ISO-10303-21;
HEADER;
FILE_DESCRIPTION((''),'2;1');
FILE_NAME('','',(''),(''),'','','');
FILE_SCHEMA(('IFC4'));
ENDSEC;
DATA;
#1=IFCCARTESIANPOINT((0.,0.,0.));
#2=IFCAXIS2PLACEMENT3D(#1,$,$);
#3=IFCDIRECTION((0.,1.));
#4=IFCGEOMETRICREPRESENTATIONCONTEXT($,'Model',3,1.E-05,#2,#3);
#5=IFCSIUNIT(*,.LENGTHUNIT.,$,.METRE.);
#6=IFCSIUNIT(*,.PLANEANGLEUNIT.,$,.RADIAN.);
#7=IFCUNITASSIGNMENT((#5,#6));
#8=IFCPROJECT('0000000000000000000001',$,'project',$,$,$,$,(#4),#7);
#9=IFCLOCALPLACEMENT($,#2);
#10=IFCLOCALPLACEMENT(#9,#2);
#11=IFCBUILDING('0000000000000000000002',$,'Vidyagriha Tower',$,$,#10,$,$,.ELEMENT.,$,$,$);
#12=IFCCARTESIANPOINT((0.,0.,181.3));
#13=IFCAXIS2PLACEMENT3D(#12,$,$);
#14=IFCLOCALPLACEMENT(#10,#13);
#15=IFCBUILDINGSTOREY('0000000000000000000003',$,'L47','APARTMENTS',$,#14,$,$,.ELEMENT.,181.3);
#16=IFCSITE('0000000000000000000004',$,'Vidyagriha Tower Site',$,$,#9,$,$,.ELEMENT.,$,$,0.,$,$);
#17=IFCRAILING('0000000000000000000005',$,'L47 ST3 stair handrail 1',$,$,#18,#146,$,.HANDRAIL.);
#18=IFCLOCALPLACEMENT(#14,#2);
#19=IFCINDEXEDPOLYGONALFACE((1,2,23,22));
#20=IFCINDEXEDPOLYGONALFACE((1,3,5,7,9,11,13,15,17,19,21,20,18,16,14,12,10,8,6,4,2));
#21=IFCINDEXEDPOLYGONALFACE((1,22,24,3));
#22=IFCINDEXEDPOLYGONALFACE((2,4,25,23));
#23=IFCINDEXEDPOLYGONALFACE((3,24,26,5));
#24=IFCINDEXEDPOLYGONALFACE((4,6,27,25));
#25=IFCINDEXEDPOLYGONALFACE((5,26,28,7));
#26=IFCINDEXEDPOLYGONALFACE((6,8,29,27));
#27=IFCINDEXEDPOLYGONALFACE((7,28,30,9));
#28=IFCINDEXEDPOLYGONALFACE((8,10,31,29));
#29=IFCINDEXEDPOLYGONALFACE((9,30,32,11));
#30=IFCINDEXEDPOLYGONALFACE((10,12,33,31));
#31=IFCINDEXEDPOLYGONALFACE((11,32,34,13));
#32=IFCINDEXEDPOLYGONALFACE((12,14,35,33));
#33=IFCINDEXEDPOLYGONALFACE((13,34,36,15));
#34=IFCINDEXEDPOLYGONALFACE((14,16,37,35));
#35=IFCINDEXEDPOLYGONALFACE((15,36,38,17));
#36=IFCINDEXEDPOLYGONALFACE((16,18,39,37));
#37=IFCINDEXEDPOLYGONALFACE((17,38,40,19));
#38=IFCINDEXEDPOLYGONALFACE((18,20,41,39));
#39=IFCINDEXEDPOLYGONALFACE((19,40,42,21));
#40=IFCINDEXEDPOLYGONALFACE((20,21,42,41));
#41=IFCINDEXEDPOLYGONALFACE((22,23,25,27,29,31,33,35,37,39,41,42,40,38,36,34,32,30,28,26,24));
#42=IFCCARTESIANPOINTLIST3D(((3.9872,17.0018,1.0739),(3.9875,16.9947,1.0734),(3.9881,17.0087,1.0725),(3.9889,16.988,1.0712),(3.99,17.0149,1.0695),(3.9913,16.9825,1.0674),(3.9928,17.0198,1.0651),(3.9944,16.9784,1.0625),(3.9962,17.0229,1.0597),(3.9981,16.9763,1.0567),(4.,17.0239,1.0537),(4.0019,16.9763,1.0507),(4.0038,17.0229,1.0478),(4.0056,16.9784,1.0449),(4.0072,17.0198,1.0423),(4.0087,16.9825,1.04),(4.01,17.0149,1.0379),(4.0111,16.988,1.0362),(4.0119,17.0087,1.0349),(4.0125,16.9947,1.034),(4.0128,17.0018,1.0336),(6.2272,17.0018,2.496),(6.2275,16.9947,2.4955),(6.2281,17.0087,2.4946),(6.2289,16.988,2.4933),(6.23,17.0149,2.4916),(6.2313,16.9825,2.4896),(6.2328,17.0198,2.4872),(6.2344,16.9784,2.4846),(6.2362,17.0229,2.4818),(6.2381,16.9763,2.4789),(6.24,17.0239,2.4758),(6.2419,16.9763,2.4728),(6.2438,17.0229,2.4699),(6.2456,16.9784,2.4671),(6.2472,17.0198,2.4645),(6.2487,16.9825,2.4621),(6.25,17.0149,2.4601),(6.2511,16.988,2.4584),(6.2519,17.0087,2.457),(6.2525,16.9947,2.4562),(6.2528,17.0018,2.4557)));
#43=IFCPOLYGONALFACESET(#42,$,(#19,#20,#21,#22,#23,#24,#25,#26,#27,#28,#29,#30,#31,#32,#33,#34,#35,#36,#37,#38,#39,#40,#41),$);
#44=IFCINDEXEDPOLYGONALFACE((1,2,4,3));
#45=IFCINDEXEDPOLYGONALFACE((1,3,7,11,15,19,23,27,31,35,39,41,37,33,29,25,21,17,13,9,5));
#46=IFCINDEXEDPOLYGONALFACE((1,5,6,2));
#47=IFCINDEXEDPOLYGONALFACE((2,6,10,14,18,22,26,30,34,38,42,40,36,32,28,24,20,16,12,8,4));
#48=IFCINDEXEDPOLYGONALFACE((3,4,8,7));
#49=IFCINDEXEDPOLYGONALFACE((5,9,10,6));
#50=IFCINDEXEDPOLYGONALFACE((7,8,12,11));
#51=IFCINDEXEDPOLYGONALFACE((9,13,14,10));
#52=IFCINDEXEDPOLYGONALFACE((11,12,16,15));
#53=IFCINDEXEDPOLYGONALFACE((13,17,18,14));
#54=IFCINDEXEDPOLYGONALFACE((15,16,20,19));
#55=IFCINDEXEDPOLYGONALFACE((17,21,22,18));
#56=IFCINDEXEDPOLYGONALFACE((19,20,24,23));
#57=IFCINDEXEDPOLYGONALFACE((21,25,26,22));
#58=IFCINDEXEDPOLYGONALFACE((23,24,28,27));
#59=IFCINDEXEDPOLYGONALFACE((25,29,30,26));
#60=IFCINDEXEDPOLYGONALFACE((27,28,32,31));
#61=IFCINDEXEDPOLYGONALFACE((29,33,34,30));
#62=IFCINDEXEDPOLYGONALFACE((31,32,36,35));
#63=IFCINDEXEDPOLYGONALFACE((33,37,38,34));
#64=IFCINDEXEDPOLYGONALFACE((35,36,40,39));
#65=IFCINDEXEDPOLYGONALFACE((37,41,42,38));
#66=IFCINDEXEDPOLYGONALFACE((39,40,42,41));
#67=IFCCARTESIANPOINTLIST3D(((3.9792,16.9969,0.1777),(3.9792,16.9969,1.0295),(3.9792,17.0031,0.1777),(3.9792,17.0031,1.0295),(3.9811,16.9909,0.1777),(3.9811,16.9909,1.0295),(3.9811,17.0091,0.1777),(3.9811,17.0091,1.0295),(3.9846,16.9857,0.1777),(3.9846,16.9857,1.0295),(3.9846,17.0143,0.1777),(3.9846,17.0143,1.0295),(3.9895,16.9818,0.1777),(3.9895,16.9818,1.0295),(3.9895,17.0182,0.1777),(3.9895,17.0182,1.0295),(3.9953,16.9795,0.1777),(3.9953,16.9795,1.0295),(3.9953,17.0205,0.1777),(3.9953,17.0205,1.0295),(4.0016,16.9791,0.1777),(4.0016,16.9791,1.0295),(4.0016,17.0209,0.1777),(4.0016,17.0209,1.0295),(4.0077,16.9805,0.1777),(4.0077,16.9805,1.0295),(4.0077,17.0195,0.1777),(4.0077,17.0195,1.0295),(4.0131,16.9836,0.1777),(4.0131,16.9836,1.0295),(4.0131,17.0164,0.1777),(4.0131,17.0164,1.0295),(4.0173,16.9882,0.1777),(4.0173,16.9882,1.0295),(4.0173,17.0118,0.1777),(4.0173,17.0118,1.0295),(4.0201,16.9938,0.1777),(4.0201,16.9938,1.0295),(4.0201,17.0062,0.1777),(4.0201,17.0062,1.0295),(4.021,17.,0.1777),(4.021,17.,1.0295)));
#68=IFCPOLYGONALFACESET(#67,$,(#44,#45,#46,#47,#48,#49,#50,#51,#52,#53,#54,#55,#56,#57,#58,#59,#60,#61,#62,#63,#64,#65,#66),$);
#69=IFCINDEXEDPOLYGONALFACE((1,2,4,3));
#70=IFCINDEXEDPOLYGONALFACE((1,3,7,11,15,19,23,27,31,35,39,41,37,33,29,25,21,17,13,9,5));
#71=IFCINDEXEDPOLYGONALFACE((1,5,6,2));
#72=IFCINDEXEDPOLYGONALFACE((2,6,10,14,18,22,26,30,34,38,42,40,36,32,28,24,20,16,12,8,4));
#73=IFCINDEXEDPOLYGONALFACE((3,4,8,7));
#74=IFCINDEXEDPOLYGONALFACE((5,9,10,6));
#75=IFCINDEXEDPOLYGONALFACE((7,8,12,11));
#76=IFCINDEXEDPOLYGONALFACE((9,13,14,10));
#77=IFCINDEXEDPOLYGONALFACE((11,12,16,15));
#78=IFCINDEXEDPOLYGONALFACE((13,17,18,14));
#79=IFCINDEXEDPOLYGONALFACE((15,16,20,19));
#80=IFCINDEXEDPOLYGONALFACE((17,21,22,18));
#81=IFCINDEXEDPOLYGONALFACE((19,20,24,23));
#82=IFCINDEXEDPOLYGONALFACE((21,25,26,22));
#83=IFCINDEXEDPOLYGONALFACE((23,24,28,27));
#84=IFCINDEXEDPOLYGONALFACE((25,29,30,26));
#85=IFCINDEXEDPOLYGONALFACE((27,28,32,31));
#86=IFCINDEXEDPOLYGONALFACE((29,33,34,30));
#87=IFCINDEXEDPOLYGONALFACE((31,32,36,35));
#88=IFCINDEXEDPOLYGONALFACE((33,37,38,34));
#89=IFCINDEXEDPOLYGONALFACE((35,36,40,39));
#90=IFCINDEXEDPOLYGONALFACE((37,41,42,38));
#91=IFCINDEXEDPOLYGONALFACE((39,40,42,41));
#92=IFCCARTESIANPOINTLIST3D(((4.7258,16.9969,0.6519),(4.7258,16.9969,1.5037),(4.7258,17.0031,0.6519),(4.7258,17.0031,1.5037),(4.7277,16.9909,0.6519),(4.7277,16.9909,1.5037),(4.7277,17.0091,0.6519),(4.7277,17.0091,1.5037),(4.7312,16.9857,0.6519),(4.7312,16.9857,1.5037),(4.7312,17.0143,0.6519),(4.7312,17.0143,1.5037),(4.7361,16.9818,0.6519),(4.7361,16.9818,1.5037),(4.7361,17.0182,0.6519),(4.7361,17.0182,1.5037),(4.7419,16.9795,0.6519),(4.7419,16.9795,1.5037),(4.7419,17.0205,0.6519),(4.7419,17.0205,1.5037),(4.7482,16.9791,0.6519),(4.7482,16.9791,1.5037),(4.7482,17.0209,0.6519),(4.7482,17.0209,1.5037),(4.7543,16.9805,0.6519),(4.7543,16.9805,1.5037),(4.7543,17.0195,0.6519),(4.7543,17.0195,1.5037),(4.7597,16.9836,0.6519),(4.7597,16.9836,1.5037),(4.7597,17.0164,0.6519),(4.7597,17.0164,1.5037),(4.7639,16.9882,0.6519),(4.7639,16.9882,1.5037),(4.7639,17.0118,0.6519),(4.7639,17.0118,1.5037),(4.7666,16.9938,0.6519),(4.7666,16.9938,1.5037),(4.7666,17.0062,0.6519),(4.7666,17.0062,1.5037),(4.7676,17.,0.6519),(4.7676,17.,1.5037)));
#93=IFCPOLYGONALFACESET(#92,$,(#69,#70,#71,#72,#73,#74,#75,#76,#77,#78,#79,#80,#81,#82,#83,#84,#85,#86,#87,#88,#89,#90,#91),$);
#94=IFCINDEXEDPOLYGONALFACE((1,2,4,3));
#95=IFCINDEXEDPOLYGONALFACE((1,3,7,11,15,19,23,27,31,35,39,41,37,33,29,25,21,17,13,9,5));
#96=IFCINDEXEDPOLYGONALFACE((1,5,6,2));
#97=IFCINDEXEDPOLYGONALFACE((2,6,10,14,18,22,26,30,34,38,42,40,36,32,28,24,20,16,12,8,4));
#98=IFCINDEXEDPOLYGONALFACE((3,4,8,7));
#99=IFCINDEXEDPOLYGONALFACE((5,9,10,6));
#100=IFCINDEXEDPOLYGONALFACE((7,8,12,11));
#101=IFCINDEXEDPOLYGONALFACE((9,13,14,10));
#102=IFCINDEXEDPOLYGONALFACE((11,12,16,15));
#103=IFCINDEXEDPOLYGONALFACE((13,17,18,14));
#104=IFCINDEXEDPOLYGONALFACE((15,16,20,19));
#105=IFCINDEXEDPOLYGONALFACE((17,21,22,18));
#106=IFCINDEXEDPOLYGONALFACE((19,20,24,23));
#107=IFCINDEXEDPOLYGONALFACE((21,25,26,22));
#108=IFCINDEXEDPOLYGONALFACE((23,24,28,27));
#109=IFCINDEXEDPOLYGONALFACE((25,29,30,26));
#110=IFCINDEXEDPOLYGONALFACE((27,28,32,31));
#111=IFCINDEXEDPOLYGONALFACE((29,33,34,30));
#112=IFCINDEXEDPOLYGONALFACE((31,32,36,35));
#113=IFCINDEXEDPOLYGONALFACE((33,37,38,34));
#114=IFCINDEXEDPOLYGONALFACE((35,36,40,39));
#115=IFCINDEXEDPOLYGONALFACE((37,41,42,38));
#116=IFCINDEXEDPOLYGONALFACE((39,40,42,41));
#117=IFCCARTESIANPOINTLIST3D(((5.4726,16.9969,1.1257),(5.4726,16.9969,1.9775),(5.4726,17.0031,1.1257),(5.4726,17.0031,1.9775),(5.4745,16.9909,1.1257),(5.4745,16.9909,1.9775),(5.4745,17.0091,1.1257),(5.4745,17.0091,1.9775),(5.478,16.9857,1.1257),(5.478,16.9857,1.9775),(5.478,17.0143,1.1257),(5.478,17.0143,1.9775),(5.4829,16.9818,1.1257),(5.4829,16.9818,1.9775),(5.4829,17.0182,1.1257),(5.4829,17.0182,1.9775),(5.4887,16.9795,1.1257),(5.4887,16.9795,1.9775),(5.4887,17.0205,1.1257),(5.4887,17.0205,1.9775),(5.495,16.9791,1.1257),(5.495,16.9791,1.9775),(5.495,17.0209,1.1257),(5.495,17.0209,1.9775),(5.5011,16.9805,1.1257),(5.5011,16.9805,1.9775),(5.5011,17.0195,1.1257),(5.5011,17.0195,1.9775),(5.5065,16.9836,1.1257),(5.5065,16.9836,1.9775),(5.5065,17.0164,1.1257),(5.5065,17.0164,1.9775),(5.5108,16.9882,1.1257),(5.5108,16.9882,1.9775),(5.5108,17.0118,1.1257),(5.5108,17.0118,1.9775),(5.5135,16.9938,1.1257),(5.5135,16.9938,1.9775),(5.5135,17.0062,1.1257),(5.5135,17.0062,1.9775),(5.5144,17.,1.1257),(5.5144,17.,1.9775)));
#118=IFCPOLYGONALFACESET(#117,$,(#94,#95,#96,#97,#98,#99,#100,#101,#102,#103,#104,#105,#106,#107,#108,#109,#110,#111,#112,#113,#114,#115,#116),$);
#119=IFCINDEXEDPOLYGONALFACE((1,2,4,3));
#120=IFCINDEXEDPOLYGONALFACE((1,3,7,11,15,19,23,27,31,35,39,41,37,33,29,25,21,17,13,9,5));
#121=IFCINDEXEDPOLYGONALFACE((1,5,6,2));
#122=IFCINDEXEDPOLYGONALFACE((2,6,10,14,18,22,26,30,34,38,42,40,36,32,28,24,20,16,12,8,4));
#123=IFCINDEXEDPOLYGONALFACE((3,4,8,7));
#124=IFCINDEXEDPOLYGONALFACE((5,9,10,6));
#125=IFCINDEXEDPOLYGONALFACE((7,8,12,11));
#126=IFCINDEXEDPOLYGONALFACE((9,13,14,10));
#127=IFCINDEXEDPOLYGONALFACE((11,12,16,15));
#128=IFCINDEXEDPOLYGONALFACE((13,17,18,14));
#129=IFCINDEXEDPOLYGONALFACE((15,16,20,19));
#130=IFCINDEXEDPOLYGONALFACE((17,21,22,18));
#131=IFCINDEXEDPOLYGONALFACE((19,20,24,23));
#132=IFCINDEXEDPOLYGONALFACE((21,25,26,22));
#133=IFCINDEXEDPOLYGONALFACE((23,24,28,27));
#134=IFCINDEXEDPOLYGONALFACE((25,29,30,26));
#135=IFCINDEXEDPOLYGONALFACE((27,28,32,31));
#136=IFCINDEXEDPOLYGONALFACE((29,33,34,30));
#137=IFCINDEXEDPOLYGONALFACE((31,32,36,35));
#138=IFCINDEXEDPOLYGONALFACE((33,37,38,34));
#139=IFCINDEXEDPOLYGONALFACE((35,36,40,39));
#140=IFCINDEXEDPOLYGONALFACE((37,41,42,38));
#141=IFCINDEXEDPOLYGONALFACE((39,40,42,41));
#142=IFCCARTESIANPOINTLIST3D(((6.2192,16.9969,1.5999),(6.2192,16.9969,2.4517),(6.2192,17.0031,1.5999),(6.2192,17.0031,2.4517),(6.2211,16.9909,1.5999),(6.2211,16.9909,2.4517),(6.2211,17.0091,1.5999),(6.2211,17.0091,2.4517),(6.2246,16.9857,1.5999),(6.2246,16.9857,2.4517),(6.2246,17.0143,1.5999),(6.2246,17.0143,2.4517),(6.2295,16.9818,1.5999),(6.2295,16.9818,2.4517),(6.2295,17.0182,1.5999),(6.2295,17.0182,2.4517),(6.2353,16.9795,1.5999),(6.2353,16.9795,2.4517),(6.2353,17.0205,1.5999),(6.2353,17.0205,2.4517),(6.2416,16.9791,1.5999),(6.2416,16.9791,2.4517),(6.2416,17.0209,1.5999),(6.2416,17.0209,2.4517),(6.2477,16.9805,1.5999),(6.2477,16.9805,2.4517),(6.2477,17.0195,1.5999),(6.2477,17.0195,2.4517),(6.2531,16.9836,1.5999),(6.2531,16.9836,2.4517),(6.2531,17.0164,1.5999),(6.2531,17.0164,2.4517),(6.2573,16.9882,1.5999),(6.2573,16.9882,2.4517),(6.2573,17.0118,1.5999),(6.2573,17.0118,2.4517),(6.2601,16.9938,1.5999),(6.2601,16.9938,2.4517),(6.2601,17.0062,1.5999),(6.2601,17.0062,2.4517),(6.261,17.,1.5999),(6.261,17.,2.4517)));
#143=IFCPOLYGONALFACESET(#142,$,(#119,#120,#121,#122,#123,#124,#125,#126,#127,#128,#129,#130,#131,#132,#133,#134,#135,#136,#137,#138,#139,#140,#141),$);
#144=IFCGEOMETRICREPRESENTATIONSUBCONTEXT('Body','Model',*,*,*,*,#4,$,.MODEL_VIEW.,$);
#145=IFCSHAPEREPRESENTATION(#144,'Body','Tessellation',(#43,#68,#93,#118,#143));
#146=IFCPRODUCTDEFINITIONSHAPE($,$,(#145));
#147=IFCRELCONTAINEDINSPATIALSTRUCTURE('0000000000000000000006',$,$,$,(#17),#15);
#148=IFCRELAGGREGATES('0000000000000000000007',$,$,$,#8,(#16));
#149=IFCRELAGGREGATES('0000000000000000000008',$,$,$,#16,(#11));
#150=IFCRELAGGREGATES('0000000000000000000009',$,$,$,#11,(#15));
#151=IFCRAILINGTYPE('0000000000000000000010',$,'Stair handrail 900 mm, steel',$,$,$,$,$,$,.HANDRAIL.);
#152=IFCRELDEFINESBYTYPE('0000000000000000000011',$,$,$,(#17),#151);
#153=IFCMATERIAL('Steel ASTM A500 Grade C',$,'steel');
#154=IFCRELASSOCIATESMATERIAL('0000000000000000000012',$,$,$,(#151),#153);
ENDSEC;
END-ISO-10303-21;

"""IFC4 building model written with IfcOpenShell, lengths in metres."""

from ifc_helpers import new_model, si_unit, direction, frame, origin, origin_2d, place, context, subcontext, project, spatial, circle, extrude, material, type_object, element, save


model = new_model("IFC4")

# Units and contexts
model_context = context("Model", 3, precision=1e-05, world=origin(), true_north=direction((0.0, 1.0)))
body_context = subcontext(model_context, "Body", "Model", "MODEL_VIEW")
ifc_project = project(units=[si_unit("LENGTHUNIT", "METRE"), si_unit("PLANEANGLEUNIT", "RADIAN")], contexts=[model_context])

# Site, building, storey
site_placement = place(None, origin())
site = spatial("IfcSite", under=ifc_project, at=site_placement, Name="Vidyagriha Tower Site", CompositionType="ELEMENT", RefElevation=0.0)
building_placement = place(site_placement, origin())
building = spatial("IfcBuilding", under=site, at=building_placement, Name="Vidyagriha Tower", CompositionType="ELEMENT")
storey_placement = place(building_placement, frame((0.0, 0.0, 181.3)))
storey = spatial("IfcBuildingStorey", under=building, at=storey_placement, Name="L47", Description="APARTMENTS", CompositionType="ELEMENT", Elevation=181.3)

# Railing
ifc_material_1 = material(Name="Steel ASTM A500 Grade C", Category="steel")
railing_type_1 = type_object("IfcRailingType", Name="Stair handrail 900 mm, steel", PredefinedType="HANDRAIL", material=ifc_material_1)
railing_1_placement = place(storey_placement, frame((4.0, 17.0, 0.1777)))
element("IfcRailing", 1, at=railing_1_placement, inside=storey, type_object=railing_type_1, Name="L47 ST3 stair handrail 1", PredefinedType="HANDRAIL", context=body_context, shape_type="SweptSolid", body=[
    extrude(circle(Radius=0.0239, at=origin_2d()), frame((0.0, 0.0, 0.876), z_axis=(0.844229, 0.0, 0.535982), x_axis=(0.0, 1.0, 0.0)), (0.0, 0.0, 1.0), 2.6533),
    extrude(circle(Radius=0.021, at=origin_2d()), origin(), (0.0, 0.0, 1.0), 0.8518),
    extrude(circle(Radius=0.021, at=origin_2d()), frame((0.7466, 0.0, 0.4741)), (0.0, 0.0, 1.0), 0.8518),
    extrude(circle(Radius=0.021, at=origin_2d()), frame((1.4934, 0.0, 0.948)), (0.0, 0.0, 1.0), 0.8518),
    extrude(circle(Radius=0.021, at=origin_2d()), frame((2.24, 0.0, 1.4221)), (0.0, 0.0, 1.0), 0.8518),
])

save(model, "model.ifc")
